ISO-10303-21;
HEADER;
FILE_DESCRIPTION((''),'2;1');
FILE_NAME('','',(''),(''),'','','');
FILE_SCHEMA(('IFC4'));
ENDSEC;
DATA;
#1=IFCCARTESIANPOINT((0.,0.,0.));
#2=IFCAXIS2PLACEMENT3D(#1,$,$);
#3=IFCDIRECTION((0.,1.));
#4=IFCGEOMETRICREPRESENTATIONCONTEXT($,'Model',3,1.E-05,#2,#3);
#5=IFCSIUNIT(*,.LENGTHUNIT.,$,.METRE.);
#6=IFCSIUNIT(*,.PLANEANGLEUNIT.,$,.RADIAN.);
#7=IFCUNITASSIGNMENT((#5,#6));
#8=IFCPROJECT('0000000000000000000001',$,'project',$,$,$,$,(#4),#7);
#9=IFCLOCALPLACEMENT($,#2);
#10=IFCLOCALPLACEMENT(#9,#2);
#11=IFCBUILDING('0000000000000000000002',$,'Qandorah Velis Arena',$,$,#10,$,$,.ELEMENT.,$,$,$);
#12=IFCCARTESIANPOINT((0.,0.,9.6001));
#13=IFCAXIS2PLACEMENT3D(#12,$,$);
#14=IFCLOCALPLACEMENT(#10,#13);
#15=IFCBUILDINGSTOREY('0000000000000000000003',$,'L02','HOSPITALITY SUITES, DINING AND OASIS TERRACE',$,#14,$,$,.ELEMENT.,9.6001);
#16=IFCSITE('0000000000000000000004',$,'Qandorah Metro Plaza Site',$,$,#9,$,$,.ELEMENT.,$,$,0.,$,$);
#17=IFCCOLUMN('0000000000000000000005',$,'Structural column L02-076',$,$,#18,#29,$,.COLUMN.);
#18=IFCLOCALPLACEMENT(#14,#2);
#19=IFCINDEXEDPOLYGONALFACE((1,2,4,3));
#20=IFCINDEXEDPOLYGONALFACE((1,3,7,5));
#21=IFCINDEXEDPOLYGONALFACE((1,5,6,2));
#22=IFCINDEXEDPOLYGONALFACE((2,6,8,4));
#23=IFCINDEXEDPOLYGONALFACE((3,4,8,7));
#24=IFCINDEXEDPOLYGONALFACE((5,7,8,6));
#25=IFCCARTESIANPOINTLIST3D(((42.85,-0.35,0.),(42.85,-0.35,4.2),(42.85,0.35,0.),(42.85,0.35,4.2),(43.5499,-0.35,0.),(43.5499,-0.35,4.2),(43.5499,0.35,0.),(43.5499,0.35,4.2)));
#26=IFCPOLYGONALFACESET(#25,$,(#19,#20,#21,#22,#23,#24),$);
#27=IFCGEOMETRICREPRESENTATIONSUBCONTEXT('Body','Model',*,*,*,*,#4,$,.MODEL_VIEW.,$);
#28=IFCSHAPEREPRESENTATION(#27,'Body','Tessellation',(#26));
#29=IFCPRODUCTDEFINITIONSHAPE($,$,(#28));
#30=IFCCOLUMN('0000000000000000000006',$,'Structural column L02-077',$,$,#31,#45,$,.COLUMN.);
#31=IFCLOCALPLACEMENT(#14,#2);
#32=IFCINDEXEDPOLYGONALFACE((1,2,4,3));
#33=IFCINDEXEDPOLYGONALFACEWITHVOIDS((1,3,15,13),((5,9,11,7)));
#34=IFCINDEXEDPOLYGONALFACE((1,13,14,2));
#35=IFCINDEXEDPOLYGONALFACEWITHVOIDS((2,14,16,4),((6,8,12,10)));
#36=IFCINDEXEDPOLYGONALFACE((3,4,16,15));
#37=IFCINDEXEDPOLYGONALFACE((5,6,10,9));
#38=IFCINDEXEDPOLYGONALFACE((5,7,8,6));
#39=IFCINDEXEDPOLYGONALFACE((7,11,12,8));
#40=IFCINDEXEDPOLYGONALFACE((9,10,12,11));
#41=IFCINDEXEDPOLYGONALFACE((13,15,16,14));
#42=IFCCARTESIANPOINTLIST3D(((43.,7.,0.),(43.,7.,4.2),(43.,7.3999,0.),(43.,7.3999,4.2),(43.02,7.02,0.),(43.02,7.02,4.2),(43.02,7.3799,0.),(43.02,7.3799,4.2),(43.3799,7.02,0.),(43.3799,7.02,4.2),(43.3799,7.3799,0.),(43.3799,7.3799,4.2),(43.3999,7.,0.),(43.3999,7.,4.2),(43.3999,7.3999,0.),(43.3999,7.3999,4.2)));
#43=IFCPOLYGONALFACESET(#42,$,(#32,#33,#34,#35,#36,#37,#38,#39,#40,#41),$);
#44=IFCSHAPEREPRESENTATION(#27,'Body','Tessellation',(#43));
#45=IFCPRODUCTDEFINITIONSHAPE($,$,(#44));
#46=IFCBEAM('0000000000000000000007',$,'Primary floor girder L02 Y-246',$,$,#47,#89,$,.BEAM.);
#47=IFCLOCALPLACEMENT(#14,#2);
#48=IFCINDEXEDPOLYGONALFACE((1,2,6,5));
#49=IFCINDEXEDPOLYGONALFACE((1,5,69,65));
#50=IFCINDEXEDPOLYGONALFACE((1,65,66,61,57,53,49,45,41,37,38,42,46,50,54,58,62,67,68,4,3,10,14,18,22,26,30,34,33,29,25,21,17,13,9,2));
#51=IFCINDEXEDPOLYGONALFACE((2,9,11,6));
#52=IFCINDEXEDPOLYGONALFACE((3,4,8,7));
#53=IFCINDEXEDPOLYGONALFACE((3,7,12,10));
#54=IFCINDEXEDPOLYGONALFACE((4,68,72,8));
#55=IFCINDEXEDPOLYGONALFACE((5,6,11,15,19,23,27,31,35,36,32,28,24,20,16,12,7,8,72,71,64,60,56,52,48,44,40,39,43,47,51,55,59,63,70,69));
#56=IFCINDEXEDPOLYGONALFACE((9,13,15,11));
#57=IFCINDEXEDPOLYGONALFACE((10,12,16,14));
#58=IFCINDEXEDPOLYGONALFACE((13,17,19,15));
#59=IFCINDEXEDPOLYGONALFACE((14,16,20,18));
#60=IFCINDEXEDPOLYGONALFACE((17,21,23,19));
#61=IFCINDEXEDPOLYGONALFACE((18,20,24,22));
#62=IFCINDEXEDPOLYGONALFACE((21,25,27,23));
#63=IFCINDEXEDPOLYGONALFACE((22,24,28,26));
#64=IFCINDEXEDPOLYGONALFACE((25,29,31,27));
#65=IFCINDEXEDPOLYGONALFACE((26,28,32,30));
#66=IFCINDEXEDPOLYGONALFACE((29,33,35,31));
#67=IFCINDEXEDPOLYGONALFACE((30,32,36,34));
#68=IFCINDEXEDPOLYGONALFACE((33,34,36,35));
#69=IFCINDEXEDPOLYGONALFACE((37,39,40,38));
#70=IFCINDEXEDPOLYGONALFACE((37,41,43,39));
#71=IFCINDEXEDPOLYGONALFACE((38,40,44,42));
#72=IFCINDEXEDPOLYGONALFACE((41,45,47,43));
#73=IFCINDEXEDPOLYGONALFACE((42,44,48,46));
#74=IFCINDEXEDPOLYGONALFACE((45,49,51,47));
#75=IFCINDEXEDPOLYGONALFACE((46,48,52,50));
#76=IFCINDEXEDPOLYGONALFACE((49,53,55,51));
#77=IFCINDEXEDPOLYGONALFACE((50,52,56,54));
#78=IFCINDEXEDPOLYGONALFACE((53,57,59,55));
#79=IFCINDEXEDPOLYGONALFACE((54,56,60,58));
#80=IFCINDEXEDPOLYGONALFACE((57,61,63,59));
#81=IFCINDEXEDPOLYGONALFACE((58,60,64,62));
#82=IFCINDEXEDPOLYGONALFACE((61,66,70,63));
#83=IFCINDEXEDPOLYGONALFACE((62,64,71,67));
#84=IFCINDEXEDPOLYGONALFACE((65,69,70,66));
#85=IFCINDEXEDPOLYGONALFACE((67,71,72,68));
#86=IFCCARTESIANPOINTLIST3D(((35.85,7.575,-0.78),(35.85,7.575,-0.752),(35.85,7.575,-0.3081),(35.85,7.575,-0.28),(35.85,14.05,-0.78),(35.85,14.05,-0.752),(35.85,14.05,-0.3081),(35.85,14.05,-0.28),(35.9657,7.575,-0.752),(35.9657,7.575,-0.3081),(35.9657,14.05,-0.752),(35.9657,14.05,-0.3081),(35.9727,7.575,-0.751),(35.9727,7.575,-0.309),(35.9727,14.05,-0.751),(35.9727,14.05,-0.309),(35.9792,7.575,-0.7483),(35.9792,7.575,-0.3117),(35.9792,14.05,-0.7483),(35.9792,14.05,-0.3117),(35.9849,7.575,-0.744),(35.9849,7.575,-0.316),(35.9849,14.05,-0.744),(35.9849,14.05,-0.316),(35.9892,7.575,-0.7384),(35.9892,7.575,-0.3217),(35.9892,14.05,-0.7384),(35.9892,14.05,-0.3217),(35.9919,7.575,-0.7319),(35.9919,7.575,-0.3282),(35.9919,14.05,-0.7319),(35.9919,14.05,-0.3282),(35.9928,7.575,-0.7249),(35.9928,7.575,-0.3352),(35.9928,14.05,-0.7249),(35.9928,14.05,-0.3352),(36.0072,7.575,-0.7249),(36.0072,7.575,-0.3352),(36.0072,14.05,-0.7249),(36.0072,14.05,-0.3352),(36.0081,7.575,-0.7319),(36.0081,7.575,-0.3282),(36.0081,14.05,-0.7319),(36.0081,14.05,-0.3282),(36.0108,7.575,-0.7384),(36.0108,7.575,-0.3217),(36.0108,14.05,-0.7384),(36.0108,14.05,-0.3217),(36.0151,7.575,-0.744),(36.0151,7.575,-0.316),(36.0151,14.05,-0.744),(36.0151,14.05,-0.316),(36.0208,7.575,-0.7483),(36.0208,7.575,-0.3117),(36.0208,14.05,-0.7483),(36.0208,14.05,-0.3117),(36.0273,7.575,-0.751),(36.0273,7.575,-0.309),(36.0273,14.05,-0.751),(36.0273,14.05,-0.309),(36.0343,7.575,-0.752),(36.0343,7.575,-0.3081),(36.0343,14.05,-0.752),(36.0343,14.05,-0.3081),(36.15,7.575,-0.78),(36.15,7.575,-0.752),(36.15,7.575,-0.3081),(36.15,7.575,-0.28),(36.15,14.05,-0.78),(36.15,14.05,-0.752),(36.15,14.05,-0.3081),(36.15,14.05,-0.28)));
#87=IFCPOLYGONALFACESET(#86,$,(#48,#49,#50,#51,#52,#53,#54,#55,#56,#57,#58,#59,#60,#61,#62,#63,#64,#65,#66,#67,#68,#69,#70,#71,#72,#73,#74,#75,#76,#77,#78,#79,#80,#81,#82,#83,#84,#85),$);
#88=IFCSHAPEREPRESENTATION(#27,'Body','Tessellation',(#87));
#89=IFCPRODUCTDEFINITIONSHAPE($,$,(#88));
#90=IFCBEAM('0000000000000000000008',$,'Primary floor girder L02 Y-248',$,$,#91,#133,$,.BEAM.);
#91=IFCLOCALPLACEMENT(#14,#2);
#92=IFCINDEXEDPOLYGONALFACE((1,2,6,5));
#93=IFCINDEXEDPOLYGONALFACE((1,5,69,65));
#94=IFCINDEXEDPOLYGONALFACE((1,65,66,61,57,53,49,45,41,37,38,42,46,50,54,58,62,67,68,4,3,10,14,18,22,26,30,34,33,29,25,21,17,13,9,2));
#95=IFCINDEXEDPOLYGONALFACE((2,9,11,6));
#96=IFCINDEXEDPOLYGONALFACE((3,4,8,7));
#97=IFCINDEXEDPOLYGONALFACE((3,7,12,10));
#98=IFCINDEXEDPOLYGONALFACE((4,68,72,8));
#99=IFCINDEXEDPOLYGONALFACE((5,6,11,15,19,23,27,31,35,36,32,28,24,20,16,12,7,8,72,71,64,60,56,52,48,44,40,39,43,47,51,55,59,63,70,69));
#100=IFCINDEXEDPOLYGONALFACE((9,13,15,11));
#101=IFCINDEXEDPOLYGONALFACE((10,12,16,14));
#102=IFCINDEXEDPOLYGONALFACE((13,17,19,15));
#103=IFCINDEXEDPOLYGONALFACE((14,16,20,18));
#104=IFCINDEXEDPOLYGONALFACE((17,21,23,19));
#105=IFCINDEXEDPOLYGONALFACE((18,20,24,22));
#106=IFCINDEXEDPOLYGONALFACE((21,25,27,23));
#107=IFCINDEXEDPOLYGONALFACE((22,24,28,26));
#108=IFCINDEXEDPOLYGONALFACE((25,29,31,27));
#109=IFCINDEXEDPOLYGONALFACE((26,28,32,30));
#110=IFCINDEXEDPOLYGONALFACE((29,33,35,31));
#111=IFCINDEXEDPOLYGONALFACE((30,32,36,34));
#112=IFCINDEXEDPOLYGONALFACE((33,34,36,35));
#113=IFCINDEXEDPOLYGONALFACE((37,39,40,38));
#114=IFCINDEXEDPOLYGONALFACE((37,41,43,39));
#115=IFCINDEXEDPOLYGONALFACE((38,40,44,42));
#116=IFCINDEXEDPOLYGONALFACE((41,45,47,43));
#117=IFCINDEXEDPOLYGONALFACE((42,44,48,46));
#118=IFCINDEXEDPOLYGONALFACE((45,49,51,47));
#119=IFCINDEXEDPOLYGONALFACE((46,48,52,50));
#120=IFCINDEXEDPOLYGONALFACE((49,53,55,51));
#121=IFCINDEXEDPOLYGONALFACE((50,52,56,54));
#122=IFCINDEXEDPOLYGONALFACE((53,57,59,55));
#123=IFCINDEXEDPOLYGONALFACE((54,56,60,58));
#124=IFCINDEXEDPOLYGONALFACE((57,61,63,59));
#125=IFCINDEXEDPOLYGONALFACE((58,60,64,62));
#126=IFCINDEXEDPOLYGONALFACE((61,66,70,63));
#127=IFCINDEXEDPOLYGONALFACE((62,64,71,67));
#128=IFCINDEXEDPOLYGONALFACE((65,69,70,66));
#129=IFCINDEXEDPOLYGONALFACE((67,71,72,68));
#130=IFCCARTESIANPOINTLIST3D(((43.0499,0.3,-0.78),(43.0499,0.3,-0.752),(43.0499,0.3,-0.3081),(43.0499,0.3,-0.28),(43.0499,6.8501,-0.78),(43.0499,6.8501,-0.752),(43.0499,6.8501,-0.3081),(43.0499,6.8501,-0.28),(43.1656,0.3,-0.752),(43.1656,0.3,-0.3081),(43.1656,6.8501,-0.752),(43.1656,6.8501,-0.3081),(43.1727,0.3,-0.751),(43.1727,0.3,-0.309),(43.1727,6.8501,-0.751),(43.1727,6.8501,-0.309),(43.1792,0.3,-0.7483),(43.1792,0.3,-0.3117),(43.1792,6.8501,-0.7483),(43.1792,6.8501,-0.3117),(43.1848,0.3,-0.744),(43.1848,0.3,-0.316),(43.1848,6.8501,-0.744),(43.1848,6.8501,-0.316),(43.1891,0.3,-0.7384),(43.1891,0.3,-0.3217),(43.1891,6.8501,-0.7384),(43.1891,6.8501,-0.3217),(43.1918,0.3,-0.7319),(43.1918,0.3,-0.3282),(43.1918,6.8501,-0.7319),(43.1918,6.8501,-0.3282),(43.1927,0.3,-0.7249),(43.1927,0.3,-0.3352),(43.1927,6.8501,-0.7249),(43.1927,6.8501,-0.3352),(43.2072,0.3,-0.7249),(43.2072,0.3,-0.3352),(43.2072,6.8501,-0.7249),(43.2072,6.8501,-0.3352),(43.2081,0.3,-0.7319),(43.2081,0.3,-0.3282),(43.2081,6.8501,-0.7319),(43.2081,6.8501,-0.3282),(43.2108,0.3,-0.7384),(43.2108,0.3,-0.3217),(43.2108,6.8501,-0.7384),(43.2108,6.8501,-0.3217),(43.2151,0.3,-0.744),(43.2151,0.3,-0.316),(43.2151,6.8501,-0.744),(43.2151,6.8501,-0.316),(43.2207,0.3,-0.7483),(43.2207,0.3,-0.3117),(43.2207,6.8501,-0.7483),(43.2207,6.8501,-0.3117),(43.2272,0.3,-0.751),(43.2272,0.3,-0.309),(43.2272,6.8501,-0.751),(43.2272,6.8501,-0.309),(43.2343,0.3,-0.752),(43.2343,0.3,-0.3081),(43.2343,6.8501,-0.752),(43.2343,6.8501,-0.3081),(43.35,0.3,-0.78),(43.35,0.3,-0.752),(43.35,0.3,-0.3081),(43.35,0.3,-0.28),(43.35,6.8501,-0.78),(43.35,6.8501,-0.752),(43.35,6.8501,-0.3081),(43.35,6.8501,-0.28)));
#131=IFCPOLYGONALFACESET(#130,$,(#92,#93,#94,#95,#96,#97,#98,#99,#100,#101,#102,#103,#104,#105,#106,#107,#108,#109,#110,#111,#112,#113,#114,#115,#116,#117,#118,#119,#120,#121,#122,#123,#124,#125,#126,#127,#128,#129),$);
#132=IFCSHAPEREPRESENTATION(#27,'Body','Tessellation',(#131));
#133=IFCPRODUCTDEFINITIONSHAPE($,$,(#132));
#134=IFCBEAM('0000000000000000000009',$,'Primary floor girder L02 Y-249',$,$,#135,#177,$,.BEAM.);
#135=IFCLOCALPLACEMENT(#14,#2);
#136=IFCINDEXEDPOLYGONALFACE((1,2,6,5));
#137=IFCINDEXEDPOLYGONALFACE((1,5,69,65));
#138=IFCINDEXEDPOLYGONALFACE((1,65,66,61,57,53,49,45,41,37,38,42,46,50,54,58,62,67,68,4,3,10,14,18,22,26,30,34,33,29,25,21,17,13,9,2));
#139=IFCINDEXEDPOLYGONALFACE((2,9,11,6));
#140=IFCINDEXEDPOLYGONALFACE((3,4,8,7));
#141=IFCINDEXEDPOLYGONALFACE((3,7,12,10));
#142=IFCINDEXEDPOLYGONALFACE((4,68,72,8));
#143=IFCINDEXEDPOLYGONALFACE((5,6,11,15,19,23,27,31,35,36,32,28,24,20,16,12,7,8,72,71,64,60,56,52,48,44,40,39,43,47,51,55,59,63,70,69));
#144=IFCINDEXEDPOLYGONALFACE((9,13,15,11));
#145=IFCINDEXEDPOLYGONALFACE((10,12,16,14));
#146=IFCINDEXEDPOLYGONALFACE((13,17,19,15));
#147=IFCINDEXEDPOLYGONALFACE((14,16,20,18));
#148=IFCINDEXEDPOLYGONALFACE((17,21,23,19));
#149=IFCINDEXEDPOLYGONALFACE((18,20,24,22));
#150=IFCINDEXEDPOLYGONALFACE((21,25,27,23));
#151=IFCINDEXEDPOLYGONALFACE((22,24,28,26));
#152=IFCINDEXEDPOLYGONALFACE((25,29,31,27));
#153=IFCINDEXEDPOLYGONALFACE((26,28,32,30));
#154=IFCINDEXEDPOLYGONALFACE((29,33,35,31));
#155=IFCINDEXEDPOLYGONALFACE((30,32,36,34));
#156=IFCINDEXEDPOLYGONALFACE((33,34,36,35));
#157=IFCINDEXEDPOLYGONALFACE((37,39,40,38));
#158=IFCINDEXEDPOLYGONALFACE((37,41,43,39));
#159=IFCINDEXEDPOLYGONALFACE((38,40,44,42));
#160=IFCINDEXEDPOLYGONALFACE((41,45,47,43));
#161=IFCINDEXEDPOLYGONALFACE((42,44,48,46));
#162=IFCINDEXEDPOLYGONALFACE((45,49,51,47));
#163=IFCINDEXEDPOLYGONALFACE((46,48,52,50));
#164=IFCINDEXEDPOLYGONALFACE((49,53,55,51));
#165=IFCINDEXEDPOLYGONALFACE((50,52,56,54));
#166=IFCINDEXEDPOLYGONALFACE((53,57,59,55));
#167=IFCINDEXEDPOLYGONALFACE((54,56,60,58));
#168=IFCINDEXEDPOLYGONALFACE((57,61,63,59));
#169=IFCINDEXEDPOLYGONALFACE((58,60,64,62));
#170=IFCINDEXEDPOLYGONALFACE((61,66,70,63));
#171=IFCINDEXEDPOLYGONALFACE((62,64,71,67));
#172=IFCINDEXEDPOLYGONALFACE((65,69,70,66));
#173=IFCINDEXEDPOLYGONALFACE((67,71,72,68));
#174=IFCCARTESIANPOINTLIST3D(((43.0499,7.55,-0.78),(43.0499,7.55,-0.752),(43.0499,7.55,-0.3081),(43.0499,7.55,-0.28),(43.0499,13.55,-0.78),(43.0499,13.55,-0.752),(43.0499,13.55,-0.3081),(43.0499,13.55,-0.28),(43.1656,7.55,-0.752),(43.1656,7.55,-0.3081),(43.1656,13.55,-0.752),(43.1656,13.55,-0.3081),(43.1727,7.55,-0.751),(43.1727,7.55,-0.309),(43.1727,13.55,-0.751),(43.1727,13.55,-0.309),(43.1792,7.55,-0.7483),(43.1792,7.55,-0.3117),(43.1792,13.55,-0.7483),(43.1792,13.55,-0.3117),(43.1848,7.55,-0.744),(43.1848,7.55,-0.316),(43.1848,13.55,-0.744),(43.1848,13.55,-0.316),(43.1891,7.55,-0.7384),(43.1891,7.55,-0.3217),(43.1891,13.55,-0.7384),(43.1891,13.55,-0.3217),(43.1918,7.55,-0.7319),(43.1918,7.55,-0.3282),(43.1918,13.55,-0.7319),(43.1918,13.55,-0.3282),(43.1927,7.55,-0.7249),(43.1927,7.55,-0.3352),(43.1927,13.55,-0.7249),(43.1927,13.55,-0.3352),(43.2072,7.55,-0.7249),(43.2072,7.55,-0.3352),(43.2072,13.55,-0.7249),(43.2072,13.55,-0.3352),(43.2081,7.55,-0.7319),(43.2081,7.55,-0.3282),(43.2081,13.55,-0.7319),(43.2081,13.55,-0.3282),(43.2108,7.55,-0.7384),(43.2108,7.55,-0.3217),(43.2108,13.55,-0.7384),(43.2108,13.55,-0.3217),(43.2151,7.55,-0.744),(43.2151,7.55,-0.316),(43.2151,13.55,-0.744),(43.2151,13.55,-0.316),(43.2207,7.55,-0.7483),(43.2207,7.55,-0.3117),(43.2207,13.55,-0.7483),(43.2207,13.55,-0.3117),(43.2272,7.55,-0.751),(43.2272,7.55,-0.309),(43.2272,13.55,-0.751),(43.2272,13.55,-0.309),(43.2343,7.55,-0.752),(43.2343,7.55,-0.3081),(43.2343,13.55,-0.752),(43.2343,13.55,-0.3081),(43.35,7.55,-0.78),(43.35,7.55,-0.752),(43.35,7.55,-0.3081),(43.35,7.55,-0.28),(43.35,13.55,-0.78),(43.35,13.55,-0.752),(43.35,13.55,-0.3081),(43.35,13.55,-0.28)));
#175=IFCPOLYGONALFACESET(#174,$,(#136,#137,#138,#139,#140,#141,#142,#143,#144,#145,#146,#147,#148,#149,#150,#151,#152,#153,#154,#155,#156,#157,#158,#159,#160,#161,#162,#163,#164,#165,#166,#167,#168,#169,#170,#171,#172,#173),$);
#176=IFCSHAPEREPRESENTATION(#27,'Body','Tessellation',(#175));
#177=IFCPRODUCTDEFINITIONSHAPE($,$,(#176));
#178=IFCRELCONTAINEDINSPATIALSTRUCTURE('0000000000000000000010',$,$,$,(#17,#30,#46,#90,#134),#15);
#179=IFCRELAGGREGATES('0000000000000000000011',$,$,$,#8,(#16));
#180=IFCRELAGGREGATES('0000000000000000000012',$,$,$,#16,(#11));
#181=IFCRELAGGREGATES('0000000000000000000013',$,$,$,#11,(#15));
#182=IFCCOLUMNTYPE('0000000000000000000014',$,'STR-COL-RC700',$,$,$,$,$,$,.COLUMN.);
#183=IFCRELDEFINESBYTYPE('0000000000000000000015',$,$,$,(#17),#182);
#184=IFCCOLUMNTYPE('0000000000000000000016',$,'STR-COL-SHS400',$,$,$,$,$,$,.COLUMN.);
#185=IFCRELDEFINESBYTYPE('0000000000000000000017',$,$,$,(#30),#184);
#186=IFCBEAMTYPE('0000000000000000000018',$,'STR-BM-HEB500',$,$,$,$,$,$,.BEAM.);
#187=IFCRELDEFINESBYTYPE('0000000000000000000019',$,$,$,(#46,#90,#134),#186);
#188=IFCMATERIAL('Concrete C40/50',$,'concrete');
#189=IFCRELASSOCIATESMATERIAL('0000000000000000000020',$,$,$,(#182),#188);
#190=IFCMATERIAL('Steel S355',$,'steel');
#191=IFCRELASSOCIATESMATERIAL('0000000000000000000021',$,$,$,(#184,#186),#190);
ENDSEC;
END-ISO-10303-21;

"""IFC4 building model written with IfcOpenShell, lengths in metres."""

from ifc_helpers import new_model, si_unit, direction, frame, origin, origin_2d, place, context, subcontext, project, spatial, rectangle, hollow_rectangle, i_section, extrude, material, material_profile, profile_set, type_object, element, save


model = new_model("IFC4")

# Units and contexts
model_context = context("Model", 3, precision=1e-05, world=origin(), true_north=direction((0.0, 1.0)))
body_context = subcontext(model_context, "Body", "Model", "MODEL_VIEW")
ifc_project = project(units=[si_unit("LENGTHUNIT", "METRE"), si_unit("PLANEANGLEUNIT", "RADIAN")], contexts=[model_context])

# Site, building, storey
site_placement = place(None, origin())
site = spatial("IfcSite", under=ifc_project, at=site_placement, Name="Qandorah Metro Plaza Site", CompositionType="ELEMENT", RefElevation=0.0)
building_placement = place(site_placement, origin())
building = spatial("IfcBuilding", under=site, at=building_placement, Name="Qandorah Velis Arena", CompositionType="ELEMENT")
storey_placement = place(building_placement, frame((0.0, 0.0, 9.6001)))
storey = spatial("IfcBuildingStorey", under=building, at=storey_placement, Name="L02", Description="HOSPITALITY SUITES, DINING AND OASIS TERRACE", CompositionType="ELEMENT", Elevation=9.6001)

# Columns
ifc_material_1 = material(Name="Concrete C40/50", Category="concrete")
ifc_material_profile_1 = material_profile(ifc_material_1, rectangle(XDim=0.7, YDim=0.7, at=origin_2d()), Name="RC COL 700x700")
ifc_profile_set_1 = profile_set([ifc_material_profile_1], Name="Concrete C40/50")
column_type_1 = type_object("IfcColumnType", Name="STR-COL-RC700", PredefinedType="COLUMN", material=ifc_profile_set_1)
column_1_placement = place(storey_placement, frame((43.2, 0.0, 0.0), z_axis=(0.0, 0.0, 1.0), x_axis=(1.0, 0.0, 0.0)))
element("IfcColumn", 1, at=column_1_placement, inside=storey, type_object=column_type_1, Name="Structural column L02-076", PredefinedType="COLUMN", context=body_context, shape_type="SweptSolid", body=[
    extrude(rectangle(XDim=0.7, YDim=0.7, at=origin_2d()), origin(), (0.0, 0.0, 1.0), 4.2),
])
ifc_material_2 = material(Name="Steel S355", Category="steel")
ifc_material_profile_2 = material_profile(ifc_material_2, hollow_rectangle(XDim=0.3999, YDim=0.3999, WallThickness=0.02, at=origin_2d()), Name="SHS 400x400x20")
ifc_profile_set_2 = profile_set([ifc_material_profile_2], Name="Steel S355")
column_type_2 = type_object("IfcColumnType", Name="STR-COL-SHS400", PredefinedType="COLUMN", material=ifc_profile_set_2)
column_2_placement = place(storey_placement, frame((43.2, 7.2, 0.0), z_axis=(0.0, 0.0, 1.0), x_axis=(1.0, 0.0, 0.0)))
element("IfcColumn", 2, at=column_2_placement, inside=storey, type_object=column_type_2, Name="Structural column L02-077", PredefinedType="COLUMN", context=body_context, shape_type="SweptSolid", body=[
    extrude(hollow_rectangle(XDim=0.3999, YDim=0.3999, WallThickness=0.02, at=origin_2d()), origin(), (0.0, 0.0, 1.0), 4.2),
])

# Beams
ifc_material_profile_3 = material_profile(ifc_material_2, i_section(OverallWidth=0.3, OverallDepth=0.5, WebThickness=0.0144, FlangeThickness=0.0281, FilletRadius=0.0271, at=origin_2d()), Name="HEB 500")
ifc_profile_set_3 = profile_set([ifc_material_profile_3], Name="Steel S355")
beam_type_1 = type_object("IfcBeamType", Name="STR-BM-HEB500", PredefinedType="BEAM", material=ifc_profile_set_3)
beam_1_placement = place(storey_placement, frame((36.0, 7.575, -0.53), z_axis=(0.0, 1.0, 0.0), x_axis=(-1.0, 0.0, 0.0)))
element("IfcBeam", 3, at=beam_1_placement, inside=storey, type_object=beam_type_1, Name="Primary floor girder L02 Y-246", PredefinedType="BEAM", context=body_context, shape_type="SweptSolid", body=[
    extrude(i_section(OverallWidth=0.3, OverallDepth=0.5, WebThickness=0.0144, FlangeThickness=0.0281, FilletRadius=0.0271, at=origin_2d()), origin(), (0.0, 0.0, 1.0), 6.4751),
])
beam_2_placement = place(storey_placement, frame((43.2, 0.3, -0.53), z_axis=(0.0, 1.0, 0.0), x_axis=(-1.0, 0.0, 0.0)))
element("IfcBeam", 4, at=beam_2_placement, inside=storey, type_object=beam_type_1, Name="Primary floor girder L02 Y-248", PredefinedType="BEAM", context=body_context, shape_type="SweptSolid", body=[
    extrude(i_section(OverallWidth=0.3, OverallDepth=0.5, WebThickness=0.0144, FlangeThickness=0.0281, FilletRadius=0.0271, at=origin_2d()), origin(), (0.0, 0.0, 1.0), 6.55),
])
beam_3_placement = place(storey_placement, frame((43.2, 7.55, -0.53), z_axis=(0.0, 1.0, 0.0), x_axis=(-1.0, 0.0, 0.0)))
element("IfcBeam", 5, at=beam_3_placement, inside=storey, type_object=beam_type_1, Name="Primary floor girder L02 Y-249", PredefinedType="BEAM", context=body_context, shape_type="SweptSolid", body=[
    extrude(i_section(OverallWidth=0.3, OverallDepth=0.5, WebThickness=0.0144, FlangeThickness=0.0281, FilletRadius=0.0271, at=origin_2d()), origin(), (0.0, 0.0, 1.0), 6.0),
])

save(model, "model.ifc")
